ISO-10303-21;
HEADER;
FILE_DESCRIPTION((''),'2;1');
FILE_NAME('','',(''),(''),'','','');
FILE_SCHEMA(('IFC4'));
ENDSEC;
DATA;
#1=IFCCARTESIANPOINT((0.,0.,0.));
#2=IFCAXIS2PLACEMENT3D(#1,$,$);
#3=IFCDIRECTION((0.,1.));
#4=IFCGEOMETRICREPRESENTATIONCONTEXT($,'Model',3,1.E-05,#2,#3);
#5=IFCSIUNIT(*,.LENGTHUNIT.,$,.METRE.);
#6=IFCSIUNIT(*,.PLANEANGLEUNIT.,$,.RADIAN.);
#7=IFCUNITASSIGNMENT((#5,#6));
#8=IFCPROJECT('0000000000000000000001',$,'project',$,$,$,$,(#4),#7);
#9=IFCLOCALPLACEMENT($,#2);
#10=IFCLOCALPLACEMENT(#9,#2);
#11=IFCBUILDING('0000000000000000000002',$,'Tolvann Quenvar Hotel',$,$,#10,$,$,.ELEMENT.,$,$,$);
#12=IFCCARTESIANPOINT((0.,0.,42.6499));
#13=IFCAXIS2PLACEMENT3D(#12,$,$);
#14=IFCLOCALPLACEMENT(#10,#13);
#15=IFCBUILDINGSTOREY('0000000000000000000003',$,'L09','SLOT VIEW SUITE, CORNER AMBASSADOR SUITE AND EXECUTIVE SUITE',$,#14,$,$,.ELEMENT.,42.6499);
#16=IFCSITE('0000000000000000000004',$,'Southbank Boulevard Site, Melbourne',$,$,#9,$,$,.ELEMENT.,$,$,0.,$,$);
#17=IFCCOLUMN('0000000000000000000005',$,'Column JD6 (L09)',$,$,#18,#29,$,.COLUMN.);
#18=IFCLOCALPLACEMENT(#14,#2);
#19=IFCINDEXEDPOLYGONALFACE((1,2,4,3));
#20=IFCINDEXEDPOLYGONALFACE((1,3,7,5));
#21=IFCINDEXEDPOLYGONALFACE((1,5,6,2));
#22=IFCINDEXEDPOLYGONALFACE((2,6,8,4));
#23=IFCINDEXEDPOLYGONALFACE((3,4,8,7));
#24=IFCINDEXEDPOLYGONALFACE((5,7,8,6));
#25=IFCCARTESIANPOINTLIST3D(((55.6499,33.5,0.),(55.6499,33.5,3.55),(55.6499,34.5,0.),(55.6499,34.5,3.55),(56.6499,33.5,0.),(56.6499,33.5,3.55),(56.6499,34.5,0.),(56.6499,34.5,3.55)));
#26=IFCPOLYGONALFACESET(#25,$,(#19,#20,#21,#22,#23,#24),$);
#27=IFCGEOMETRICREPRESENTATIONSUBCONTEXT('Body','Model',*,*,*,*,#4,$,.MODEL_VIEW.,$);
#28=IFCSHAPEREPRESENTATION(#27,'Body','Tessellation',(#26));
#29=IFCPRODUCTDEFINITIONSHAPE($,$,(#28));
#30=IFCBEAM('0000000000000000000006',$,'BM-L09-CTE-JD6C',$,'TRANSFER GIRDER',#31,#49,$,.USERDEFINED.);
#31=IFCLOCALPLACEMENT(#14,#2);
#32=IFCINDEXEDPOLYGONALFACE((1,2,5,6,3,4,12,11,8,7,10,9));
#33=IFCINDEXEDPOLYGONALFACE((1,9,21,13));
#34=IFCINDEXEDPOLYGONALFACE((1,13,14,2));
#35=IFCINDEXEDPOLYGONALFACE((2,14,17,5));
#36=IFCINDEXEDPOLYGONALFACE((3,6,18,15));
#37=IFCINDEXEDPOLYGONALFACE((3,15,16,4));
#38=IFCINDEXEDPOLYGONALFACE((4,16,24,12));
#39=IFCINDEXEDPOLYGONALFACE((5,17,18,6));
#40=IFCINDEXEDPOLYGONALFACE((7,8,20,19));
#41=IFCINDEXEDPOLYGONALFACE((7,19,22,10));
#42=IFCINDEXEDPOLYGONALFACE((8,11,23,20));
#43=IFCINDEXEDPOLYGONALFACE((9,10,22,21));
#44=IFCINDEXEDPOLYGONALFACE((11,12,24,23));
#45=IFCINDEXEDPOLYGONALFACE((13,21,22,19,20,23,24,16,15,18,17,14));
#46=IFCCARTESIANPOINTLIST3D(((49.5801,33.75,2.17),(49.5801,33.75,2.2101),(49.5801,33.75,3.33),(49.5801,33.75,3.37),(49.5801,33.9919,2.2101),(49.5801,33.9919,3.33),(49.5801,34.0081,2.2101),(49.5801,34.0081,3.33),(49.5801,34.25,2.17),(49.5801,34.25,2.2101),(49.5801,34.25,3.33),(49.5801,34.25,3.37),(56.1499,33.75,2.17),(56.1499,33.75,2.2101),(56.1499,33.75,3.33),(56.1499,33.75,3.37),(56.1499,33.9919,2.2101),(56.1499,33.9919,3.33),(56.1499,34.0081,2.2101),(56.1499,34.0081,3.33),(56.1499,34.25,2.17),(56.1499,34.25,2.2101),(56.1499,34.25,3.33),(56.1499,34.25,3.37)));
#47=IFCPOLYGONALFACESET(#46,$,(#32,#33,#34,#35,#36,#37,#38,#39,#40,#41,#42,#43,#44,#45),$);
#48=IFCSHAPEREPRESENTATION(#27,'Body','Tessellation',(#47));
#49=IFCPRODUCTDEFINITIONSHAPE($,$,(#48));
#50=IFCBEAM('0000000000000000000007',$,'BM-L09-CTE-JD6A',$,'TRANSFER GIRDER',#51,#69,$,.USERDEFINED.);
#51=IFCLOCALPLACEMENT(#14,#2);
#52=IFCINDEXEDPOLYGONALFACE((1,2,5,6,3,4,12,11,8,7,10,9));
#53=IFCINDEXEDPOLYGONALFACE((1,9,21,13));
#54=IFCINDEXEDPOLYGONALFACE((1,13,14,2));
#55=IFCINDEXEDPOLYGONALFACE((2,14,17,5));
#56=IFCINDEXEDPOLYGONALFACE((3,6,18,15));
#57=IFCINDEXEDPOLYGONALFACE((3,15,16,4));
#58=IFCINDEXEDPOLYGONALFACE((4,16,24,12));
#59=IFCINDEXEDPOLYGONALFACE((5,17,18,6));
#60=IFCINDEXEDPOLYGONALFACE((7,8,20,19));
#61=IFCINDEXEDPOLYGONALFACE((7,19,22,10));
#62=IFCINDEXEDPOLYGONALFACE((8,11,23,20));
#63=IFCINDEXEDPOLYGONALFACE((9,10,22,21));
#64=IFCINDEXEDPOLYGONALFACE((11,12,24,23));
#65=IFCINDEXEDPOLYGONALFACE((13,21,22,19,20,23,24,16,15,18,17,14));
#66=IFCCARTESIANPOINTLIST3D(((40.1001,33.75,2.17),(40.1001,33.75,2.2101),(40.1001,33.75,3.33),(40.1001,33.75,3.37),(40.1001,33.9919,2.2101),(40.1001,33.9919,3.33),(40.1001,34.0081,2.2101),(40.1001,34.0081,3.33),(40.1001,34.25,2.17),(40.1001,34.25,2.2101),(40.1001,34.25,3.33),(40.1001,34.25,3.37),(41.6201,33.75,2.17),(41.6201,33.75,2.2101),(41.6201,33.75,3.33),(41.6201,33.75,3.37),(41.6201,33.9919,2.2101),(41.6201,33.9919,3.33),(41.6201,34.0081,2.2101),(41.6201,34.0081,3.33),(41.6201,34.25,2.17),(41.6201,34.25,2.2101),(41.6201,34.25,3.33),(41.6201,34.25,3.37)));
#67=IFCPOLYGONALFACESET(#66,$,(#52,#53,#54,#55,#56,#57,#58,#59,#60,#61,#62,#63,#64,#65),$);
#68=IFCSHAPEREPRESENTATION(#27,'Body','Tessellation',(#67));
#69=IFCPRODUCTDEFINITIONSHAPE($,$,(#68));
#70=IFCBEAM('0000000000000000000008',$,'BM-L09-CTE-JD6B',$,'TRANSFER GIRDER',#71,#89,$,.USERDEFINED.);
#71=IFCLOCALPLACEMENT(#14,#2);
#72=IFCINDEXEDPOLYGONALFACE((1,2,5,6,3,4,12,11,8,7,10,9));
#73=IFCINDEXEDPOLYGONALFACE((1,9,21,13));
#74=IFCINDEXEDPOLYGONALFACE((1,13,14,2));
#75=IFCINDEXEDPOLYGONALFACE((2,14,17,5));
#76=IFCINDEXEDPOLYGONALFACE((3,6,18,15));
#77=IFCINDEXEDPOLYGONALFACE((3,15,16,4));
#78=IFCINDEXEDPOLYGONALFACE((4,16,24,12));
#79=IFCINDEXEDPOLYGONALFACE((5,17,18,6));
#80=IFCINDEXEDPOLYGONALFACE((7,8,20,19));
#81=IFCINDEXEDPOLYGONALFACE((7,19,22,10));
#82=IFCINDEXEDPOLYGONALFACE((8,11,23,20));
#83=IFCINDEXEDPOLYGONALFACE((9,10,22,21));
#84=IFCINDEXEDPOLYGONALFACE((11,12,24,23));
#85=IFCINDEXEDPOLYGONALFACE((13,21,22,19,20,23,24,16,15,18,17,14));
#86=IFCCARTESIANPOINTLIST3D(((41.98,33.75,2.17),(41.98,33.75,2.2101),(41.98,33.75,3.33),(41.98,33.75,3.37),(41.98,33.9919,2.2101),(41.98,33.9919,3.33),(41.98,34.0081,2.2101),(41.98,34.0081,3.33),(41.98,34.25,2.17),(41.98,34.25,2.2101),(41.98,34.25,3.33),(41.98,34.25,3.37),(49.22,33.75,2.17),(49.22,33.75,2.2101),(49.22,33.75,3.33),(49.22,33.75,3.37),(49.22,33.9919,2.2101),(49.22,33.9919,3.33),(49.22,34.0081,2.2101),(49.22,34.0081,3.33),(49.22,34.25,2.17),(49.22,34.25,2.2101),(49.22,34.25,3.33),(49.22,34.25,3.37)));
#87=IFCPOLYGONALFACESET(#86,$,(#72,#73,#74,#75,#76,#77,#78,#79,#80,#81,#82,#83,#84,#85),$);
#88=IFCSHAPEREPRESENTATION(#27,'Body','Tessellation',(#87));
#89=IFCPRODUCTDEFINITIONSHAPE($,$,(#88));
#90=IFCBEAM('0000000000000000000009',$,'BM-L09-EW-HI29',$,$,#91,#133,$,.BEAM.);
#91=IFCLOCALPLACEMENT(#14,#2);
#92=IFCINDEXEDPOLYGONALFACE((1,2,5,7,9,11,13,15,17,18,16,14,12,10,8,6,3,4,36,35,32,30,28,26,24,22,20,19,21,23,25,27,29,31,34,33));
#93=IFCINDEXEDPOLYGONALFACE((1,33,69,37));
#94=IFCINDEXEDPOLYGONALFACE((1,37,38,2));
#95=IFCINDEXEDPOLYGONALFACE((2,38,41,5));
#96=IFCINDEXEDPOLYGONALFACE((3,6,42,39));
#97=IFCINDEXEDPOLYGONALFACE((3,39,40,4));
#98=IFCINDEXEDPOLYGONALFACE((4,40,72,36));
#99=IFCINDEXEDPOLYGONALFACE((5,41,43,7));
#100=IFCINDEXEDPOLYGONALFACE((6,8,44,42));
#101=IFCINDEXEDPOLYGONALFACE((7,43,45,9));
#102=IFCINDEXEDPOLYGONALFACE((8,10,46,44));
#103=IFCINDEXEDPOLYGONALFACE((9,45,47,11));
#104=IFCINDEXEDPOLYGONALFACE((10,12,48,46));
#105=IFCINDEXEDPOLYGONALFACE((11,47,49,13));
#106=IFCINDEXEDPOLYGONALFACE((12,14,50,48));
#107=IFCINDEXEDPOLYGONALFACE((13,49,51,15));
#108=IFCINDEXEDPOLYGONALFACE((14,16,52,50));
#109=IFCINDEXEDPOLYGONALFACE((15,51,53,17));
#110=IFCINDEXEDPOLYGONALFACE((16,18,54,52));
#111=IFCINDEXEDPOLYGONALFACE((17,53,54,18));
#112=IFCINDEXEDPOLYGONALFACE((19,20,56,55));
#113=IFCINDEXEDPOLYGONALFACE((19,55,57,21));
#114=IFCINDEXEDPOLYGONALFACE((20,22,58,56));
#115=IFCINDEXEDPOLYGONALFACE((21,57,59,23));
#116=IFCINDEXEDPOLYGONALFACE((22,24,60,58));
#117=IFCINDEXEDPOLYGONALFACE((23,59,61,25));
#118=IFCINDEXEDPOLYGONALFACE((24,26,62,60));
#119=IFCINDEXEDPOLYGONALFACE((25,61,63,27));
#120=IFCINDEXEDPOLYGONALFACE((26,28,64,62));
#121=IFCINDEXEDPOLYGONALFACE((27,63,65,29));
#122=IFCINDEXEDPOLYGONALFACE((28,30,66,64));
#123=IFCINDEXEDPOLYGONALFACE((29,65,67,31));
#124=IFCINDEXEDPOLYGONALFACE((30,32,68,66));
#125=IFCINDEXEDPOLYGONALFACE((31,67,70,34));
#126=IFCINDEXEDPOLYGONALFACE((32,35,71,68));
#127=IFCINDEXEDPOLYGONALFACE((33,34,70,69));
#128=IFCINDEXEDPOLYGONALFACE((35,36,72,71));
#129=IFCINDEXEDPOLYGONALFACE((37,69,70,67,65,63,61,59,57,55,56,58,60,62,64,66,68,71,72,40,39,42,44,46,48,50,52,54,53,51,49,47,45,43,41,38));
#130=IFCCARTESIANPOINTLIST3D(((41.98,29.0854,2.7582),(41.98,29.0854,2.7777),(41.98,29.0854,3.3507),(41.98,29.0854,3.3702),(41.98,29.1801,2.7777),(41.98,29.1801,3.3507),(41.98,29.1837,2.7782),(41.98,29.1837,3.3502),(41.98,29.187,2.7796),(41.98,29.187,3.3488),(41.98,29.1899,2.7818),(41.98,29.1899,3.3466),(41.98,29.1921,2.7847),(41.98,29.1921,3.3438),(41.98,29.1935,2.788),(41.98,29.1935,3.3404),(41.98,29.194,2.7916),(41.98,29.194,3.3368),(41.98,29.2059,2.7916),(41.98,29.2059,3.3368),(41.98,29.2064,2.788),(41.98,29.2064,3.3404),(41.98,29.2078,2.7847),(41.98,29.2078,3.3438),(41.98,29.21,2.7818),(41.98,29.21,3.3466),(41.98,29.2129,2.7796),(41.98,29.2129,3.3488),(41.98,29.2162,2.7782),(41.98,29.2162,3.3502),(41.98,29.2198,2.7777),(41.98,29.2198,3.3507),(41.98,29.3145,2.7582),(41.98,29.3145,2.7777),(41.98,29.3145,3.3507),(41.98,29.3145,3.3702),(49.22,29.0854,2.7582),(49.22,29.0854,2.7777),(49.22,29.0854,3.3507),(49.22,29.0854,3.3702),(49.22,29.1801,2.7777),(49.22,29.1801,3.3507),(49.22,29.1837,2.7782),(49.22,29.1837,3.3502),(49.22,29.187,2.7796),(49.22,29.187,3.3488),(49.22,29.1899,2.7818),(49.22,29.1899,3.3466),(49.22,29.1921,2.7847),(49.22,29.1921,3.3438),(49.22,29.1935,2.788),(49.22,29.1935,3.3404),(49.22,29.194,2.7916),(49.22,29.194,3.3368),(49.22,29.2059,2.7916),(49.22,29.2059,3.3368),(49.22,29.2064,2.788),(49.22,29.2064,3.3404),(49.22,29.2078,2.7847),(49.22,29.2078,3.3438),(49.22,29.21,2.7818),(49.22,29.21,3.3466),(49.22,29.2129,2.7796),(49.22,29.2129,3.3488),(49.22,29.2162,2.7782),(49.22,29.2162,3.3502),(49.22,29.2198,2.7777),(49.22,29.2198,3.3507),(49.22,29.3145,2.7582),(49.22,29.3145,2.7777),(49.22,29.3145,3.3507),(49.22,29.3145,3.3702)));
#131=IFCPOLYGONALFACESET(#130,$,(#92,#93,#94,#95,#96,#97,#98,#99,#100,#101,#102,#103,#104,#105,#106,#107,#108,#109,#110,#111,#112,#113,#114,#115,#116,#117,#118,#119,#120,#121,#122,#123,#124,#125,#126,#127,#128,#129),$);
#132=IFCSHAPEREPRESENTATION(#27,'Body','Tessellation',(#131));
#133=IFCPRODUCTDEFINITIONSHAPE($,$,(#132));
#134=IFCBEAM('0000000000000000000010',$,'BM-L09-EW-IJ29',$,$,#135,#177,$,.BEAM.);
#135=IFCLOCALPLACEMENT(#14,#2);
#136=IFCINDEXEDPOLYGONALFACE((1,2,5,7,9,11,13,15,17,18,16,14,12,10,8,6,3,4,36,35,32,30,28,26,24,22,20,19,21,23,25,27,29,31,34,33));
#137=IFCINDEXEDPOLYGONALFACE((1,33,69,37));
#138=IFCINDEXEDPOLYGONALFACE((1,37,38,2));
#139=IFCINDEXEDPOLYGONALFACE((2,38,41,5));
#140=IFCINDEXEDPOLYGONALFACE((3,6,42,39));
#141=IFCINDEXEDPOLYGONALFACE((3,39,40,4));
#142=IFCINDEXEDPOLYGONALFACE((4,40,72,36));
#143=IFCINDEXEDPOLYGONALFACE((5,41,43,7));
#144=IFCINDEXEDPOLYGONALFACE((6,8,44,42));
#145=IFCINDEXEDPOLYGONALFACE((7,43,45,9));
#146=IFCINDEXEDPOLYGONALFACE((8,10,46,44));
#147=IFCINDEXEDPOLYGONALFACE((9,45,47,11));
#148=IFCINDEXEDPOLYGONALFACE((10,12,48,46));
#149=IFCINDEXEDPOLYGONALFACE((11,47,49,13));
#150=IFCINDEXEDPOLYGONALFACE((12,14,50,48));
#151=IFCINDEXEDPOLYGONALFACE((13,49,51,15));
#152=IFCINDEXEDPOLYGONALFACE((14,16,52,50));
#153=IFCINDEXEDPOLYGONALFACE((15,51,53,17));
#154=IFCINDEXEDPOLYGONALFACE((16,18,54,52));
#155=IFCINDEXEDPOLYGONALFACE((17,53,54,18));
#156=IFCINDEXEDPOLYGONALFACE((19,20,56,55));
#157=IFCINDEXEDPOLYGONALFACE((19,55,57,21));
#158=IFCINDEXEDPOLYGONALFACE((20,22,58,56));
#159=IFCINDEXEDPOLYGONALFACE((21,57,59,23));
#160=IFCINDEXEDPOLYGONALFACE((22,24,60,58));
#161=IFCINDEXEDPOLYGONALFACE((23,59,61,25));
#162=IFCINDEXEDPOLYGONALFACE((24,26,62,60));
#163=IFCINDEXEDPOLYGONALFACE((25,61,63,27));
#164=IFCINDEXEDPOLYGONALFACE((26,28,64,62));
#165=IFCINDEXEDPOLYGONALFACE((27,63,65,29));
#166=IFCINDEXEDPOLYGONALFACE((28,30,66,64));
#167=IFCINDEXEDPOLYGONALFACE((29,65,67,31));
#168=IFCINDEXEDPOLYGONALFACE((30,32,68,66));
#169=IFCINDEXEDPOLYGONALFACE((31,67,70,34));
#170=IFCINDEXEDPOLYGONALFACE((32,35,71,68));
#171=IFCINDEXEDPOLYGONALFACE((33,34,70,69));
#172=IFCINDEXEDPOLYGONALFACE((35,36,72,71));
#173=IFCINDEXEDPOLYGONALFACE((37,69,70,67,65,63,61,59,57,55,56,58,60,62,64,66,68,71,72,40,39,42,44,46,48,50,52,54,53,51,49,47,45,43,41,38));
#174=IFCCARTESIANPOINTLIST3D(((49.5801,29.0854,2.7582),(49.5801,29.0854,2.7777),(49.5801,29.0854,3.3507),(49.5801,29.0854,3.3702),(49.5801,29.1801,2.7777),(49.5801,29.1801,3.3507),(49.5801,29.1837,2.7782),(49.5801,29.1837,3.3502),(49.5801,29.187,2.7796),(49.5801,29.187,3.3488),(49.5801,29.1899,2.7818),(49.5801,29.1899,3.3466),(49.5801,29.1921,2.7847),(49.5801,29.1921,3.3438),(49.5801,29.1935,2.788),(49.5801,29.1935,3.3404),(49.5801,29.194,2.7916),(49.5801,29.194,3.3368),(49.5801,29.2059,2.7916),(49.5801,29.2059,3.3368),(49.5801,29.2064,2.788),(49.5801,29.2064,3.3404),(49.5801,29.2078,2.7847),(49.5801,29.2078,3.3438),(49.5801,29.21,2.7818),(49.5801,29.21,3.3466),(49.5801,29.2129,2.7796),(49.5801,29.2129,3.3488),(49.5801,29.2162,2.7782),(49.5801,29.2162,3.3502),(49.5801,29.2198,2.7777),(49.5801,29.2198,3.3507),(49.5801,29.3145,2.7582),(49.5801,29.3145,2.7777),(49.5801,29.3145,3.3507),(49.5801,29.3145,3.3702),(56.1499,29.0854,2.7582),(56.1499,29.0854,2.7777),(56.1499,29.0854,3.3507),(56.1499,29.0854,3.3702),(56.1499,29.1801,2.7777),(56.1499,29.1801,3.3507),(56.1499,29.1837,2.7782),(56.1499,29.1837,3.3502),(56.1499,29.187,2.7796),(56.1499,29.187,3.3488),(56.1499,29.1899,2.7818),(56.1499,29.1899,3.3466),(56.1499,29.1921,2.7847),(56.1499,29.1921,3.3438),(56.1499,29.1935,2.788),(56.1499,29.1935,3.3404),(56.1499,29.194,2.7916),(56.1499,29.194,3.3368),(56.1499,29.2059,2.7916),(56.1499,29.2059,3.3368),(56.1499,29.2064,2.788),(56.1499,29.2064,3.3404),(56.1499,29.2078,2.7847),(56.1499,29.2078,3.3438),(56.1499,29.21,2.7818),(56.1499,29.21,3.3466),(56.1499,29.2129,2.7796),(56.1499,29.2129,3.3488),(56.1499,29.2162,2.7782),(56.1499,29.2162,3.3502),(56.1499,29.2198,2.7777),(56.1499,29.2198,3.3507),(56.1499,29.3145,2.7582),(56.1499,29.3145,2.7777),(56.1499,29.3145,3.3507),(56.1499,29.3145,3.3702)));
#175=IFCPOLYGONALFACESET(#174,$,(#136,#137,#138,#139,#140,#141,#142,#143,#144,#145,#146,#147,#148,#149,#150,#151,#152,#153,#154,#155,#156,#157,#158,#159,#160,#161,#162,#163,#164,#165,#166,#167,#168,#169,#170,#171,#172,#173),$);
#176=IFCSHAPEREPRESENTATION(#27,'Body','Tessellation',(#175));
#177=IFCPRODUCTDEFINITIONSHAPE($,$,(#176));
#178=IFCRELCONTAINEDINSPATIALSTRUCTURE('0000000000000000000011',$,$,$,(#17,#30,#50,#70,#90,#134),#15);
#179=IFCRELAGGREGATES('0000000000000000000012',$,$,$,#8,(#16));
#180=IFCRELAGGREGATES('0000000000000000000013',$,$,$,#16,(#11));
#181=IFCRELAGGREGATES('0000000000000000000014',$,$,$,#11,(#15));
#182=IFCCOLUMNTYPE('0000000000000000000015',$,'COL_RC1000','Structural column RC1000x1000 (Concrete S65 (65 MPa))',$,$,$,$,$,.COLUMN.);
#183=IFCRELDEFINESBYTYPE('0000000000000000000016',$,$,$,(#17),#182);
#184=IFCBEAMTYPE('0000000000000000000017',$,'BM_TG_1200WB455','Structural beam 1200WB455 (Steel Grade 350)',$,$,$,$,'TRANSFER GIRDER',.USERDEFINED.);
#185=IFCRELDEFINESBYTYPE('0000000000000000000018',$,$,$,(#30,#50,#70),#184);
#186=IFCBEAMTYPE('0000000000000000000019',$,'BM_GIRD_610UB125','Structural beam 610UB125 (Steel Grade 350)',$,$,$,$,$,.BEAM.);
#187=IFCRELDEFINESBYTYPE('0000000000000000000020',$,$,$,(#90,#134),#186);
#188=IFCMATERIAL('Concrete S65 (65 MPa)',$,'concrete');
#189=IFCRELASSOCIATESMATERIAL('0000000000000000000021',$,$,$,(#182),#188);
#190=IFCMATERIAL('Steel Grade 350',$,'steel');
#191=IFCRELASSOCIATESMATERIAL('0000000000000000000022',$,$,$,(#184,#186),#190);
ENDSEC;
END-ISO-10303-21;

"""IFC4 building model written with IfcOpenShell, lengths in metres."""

from ifc_helpers import new_model, si_unit, direction, frame, origin, origin_2d, place, context, subcontext, project, spatial, rectangle, i_section, extrude, source, transform, mapped, material, material_profile, profile_set, type_object, type_shapes, element, save


model = new_model("IFC4")

# Units and contexts
model_context = context("Model", 3, precision=1e-05, world=origin(), true_north=direction((0.0, 1.0)))
body_context = subcontext(model_context, "Body", "Model", "MODEL_VIEW")
ifc_project = project(units=[si_unit("LENGTHUNIT", "METRE"), si_unit("PLANEANGLEUNIT", "RADIAN")], contexts=[model_context])

# Site, building, storey
site_placement = place(None, origin())
site = spatial("IfcSite", under=ifc_project, at=site_placement, Name="Southbank Boulevard Site, Melbourne", CompositionType="ELEMENT", RefElevation=0.0)
building_placement = place(site_placement, origin())
building = spatial("IfcBuilding", under=site, at=building_placement, Name="Tolvann Quenvar Hotel", CompositionType="ELEMENT")
storey_placement = place(building_placement, frame((0.0, 0.0, 42.6499)))
storey = spatial("IfcBuildingStorey", under=building, at=storey_placement, Name="L09", Description="SLOT VIEW SUITE, CORNER AMBASSADOR SUITE AND EXECUTIVE SUITE", CompositionType="ELEMENT", Elevation=42.6499)

# Column
ifc_material_1 = material(Name="Concrete S65 (65 MPa)", Category="concrete")
ifc_material_profile_1 = material_profile(ifc_material_1, rectangle(XDim=1.0, YDim=1.0, at=origin_2d()), Name="RC1000x1000")
ifc_profile_set_1 = profile_set([ifc_material_profile_1], Name="Concrete S65 (65 MPa)")
column_type = type_object("IfcColumnType", Name="COL_RC1000", Description="Structural column RC1000x1000 (Concrete S65 (65 MPa))", PredefinedType="COLUMN", material=ifc_profile_set_1)
shared_shape_1 = source(origin(), body_context, "Body", "SweptSolid", [
    extrude(rectangle(XDim=1.0, YDim=1.0, at=origin_2d()), origin(), (0.0, 0.0, 1.0), 3.55),
])
type_shapes(column_type, [shared_shape_1])
column_placement = place(storey_placement, frame((56.1499, 34.0, 0.0), z_axis=(0.0, 0.0, 1.0), x_axis=(1.0, 0.0, 0.0)))
element("IfcColumn", 1, at=column_placement, inside=storey, type_object=column_type, Name="Column JD6 (L09)", PredefinedType="COLUMN", context=body_context, shape_type="MappedRepresentation", body=[
    mapped(shared_shape_1, transform((0.0, 0.0, 0.0), x_axis=(1.0, 0.0, 0.0), y_axis=(0.0, 1.0, 0.0), z_axis=(0.0, 0.0, 1.0), scale=1.0)),
])

# Beams
ifc_material_2 = material(Name="Steel Grade 350", Category="steel")
ifc_material_profile_2 = material_profile(ifc_material_2, i_section(OverallWidth=0.5, OverallDepth=1.2, WebThickness=0.0161, FlangeThickness=0.04, at=origin_2d()), Name="1200WB455")
ifc_profile_set_2 = profile_set([ifc_material_profile_2], Name="Steel Grade 350")
beam_type_1 = type_object("IfcBeamType", Name="BM_TG_1200WB455", Description="Structural beam 1200WB455 (Steel Grade 350)", ElementType="TRANSFER GIRDER", PredefinedType="USERDEFINED", material=ifc_profile_set_2)
shared_shape_2 = source(origin(), body_context, "Body", "SweptSolid", [
    extrude(i_section(OverallWidth=0.5, OverallDepth=1.2, WebThickness=0.0161, FlangeThickness=0.04, at=origin_2d()), origin(), (0.0, 0.0, 1.0), 6.5698),
])
beam_1_placement = place(storey_placement, frame((49.5801, 34.0, 2.77), z_axis=(1.0, 0.0, 0.0), x_axis=(0.0, 1.0, 0.0)))
element("IfcBeam", 2, at=beam_1_placement, inside=storey, type_object=beam_type_1, Name="BM-L09-CTE-JD6C", ObjectType="TRANSFER GIRDER", PredefinedType="USERDEFINED", context=body_context, shape_type="MappedRepresentation", body=[
    mapped(shared_shape_2, transform((0.0, 0.0, 0.0), x_axis=(1.0, 0.0, 0.0), y_axis=(0.0, 1.0, 0.0), z_axis=(0.0, 0.0, 1.0), scale=1.0)),
])
shared_shape_3 = source(origin(), body_context, "Body", "SweptSolid", [
    extrude(i_section(OverallWidth=0.5, OverallDepth=1.2, WebThickness=0.0161, FlangeThickness=0.04, at=origin_2d()), origin(), (0.0, 0.0, 1.0), 1.52),
])
beam_2_placement = place(storey_placement, frame((40.1001, 34.0, 2.77), z_axis=(1.0, 0.0, 0.0), x_axis=(0.0, 1.0, 0.0)))
element("IfcBeam", 3, at=beam_2_placement, inside=storey, type_object=beam_type_1, Name="BM-L09-CTE-JD6A", ObjectType="TRANSFER GIRDER", PredefinedType="USERDEFINED", context=body_context, shape_type="MappedRepresentation", body=[
    mapped(shared_shape_3, transform((0.0, 0.0, 0.0), x_axis=(1.0, 0.0, 0.0), y_axis=(0.0, 1.0, 0.0), z_axis=(0.0, 0.0, 1.0), scale=1.0)),
])
shared_shape_4 = source(origin(), body_context, "Body", "SweptSolid", [
    extrude(i_section(OverallWidth=0.5, OverallDepth=1.2, WebThickness=0.0161, FlangeThickness=0.04, at=origin_2d()), origin(), (0.0, 0.0, 1.0), 7.24),
])
type_shapes(beam_type_1, [shared_shape_2, shared_shape_3, shared_shape_4])
beam_3_placement = place(storey_placement, frame((41.98, 34.0, 2.77), z_axis=(1.0, 0.0, 0.0), x_axis=(0.0, 1.0, 0.0)))
element("IfcBeam", 4, at=beam_3_placement, inside=storey, type_object=beam_type_1, Name="BM-L09-CTE-JD6B", ObjectType="TRANSFER GIRDER", PredefinedType="USERDEFINED", context=body_context, shape_type="MappedRepresentation", body=[
    mapped(shared_shape_4, transform((0.0, 0.0, 0.0), x_axis=(1.0, 0.0, 0.0), y_axis=(0.0, 1.0, 0.0), z_axis=(0.0, 0.0, 1.0), scale=1.0)),
])
ifc_material_profile_3 = material_profile(ifc_material_2, i_section(OverallWidth=0.229, OverallDepth=0.6121, WebThickness=0.012, FlangeThickness=0.0195, FilletRadius=0.0139, at=origin_2d()), Name="610UB125")
ifc_profile_set_3 = profile_set([ifc_material_profile_3], Name="Steel Grade 350")
beam_type_2 = type_object("IfcBeamType", Name="BM_GIRD_610UB125", Description="Structural beam 610UB125 (Steel Grade 350)", PredefinedType="BEAM", material=ifc_profile_set_3)
shared_shape_5 = source(origin(), body_context, "Body", "SweptSolid", [
    extrude(i_section(OverallWidth=0.229, OverallDepth=0.6121, WebThickness=0.012, FlangeThickness=0.0195, FilletRadius=0.0139, at=origin_2d()), origin(), (0.0, 0.0, 1.0), 7.24),
])
beam_4_placement = place(storey_placement, frame((41.98, 29.2, 3.0642), z_axis=(1.0, 0.0, 0.0), x_axis=(0.0, 1.0, 0.0)))
element("IfcBeam", 5, at=beam_4_placement, inside=storey, type_object=beam_type_2, Name="BM-L09-EW-HI29", PredefinedType="BEAM", context=body_context, shape_type="MappedRepresentation", body=[
    mapped(shared_shape_5, transform((0.0, 0.0, 0.0), x_axis=(1.0, 0.0, 0.0), y_axis=(0.0, 1.0, 0.0), z_axis=(0.0, 0.0, 1.0), scale=1.0)),
])
shared_shape_6 = source(origin(), body_context, "Body", "SweptSolid", [
    extrude(i_section(OverallWidth=0.229, OverallDepth=0.6121, WebThickness=0.012, FlangeThickness=0.0195, FilletRadius=0.0139, at=origin_2d()), origin(), (0.0, 0.0, 1.0), 6.5698),
])
type_shapes(beam_type_2, [shared_shape_5, shared_shape_6])
beam_5_placement = place(storey_placement, frame((49.5801, 29.2, 3.0642), z_axis=(1.0, 0.0, 0.0), x_axis=(0.0, 1.0, 0.0)))
element("IfcBeam", 6, at=beam_5_placement, inside=storey, type_object=beam_type_2, Name="BM-L09-EW-IJ29", PredefinedType="BEAM", context=body_context, shape_type="MappedRepresentation", body=[
    mapped(shared_shape_6, transform((0.0, 0.0, 0.0), x_axis=(1.0, 0.0, 0.0), y_axis=(0.0, 1.0, 0.0), z_axis=(0.0, 0.0, 1.0), scale=1.0)),
])

save(model, "model.ifc")
